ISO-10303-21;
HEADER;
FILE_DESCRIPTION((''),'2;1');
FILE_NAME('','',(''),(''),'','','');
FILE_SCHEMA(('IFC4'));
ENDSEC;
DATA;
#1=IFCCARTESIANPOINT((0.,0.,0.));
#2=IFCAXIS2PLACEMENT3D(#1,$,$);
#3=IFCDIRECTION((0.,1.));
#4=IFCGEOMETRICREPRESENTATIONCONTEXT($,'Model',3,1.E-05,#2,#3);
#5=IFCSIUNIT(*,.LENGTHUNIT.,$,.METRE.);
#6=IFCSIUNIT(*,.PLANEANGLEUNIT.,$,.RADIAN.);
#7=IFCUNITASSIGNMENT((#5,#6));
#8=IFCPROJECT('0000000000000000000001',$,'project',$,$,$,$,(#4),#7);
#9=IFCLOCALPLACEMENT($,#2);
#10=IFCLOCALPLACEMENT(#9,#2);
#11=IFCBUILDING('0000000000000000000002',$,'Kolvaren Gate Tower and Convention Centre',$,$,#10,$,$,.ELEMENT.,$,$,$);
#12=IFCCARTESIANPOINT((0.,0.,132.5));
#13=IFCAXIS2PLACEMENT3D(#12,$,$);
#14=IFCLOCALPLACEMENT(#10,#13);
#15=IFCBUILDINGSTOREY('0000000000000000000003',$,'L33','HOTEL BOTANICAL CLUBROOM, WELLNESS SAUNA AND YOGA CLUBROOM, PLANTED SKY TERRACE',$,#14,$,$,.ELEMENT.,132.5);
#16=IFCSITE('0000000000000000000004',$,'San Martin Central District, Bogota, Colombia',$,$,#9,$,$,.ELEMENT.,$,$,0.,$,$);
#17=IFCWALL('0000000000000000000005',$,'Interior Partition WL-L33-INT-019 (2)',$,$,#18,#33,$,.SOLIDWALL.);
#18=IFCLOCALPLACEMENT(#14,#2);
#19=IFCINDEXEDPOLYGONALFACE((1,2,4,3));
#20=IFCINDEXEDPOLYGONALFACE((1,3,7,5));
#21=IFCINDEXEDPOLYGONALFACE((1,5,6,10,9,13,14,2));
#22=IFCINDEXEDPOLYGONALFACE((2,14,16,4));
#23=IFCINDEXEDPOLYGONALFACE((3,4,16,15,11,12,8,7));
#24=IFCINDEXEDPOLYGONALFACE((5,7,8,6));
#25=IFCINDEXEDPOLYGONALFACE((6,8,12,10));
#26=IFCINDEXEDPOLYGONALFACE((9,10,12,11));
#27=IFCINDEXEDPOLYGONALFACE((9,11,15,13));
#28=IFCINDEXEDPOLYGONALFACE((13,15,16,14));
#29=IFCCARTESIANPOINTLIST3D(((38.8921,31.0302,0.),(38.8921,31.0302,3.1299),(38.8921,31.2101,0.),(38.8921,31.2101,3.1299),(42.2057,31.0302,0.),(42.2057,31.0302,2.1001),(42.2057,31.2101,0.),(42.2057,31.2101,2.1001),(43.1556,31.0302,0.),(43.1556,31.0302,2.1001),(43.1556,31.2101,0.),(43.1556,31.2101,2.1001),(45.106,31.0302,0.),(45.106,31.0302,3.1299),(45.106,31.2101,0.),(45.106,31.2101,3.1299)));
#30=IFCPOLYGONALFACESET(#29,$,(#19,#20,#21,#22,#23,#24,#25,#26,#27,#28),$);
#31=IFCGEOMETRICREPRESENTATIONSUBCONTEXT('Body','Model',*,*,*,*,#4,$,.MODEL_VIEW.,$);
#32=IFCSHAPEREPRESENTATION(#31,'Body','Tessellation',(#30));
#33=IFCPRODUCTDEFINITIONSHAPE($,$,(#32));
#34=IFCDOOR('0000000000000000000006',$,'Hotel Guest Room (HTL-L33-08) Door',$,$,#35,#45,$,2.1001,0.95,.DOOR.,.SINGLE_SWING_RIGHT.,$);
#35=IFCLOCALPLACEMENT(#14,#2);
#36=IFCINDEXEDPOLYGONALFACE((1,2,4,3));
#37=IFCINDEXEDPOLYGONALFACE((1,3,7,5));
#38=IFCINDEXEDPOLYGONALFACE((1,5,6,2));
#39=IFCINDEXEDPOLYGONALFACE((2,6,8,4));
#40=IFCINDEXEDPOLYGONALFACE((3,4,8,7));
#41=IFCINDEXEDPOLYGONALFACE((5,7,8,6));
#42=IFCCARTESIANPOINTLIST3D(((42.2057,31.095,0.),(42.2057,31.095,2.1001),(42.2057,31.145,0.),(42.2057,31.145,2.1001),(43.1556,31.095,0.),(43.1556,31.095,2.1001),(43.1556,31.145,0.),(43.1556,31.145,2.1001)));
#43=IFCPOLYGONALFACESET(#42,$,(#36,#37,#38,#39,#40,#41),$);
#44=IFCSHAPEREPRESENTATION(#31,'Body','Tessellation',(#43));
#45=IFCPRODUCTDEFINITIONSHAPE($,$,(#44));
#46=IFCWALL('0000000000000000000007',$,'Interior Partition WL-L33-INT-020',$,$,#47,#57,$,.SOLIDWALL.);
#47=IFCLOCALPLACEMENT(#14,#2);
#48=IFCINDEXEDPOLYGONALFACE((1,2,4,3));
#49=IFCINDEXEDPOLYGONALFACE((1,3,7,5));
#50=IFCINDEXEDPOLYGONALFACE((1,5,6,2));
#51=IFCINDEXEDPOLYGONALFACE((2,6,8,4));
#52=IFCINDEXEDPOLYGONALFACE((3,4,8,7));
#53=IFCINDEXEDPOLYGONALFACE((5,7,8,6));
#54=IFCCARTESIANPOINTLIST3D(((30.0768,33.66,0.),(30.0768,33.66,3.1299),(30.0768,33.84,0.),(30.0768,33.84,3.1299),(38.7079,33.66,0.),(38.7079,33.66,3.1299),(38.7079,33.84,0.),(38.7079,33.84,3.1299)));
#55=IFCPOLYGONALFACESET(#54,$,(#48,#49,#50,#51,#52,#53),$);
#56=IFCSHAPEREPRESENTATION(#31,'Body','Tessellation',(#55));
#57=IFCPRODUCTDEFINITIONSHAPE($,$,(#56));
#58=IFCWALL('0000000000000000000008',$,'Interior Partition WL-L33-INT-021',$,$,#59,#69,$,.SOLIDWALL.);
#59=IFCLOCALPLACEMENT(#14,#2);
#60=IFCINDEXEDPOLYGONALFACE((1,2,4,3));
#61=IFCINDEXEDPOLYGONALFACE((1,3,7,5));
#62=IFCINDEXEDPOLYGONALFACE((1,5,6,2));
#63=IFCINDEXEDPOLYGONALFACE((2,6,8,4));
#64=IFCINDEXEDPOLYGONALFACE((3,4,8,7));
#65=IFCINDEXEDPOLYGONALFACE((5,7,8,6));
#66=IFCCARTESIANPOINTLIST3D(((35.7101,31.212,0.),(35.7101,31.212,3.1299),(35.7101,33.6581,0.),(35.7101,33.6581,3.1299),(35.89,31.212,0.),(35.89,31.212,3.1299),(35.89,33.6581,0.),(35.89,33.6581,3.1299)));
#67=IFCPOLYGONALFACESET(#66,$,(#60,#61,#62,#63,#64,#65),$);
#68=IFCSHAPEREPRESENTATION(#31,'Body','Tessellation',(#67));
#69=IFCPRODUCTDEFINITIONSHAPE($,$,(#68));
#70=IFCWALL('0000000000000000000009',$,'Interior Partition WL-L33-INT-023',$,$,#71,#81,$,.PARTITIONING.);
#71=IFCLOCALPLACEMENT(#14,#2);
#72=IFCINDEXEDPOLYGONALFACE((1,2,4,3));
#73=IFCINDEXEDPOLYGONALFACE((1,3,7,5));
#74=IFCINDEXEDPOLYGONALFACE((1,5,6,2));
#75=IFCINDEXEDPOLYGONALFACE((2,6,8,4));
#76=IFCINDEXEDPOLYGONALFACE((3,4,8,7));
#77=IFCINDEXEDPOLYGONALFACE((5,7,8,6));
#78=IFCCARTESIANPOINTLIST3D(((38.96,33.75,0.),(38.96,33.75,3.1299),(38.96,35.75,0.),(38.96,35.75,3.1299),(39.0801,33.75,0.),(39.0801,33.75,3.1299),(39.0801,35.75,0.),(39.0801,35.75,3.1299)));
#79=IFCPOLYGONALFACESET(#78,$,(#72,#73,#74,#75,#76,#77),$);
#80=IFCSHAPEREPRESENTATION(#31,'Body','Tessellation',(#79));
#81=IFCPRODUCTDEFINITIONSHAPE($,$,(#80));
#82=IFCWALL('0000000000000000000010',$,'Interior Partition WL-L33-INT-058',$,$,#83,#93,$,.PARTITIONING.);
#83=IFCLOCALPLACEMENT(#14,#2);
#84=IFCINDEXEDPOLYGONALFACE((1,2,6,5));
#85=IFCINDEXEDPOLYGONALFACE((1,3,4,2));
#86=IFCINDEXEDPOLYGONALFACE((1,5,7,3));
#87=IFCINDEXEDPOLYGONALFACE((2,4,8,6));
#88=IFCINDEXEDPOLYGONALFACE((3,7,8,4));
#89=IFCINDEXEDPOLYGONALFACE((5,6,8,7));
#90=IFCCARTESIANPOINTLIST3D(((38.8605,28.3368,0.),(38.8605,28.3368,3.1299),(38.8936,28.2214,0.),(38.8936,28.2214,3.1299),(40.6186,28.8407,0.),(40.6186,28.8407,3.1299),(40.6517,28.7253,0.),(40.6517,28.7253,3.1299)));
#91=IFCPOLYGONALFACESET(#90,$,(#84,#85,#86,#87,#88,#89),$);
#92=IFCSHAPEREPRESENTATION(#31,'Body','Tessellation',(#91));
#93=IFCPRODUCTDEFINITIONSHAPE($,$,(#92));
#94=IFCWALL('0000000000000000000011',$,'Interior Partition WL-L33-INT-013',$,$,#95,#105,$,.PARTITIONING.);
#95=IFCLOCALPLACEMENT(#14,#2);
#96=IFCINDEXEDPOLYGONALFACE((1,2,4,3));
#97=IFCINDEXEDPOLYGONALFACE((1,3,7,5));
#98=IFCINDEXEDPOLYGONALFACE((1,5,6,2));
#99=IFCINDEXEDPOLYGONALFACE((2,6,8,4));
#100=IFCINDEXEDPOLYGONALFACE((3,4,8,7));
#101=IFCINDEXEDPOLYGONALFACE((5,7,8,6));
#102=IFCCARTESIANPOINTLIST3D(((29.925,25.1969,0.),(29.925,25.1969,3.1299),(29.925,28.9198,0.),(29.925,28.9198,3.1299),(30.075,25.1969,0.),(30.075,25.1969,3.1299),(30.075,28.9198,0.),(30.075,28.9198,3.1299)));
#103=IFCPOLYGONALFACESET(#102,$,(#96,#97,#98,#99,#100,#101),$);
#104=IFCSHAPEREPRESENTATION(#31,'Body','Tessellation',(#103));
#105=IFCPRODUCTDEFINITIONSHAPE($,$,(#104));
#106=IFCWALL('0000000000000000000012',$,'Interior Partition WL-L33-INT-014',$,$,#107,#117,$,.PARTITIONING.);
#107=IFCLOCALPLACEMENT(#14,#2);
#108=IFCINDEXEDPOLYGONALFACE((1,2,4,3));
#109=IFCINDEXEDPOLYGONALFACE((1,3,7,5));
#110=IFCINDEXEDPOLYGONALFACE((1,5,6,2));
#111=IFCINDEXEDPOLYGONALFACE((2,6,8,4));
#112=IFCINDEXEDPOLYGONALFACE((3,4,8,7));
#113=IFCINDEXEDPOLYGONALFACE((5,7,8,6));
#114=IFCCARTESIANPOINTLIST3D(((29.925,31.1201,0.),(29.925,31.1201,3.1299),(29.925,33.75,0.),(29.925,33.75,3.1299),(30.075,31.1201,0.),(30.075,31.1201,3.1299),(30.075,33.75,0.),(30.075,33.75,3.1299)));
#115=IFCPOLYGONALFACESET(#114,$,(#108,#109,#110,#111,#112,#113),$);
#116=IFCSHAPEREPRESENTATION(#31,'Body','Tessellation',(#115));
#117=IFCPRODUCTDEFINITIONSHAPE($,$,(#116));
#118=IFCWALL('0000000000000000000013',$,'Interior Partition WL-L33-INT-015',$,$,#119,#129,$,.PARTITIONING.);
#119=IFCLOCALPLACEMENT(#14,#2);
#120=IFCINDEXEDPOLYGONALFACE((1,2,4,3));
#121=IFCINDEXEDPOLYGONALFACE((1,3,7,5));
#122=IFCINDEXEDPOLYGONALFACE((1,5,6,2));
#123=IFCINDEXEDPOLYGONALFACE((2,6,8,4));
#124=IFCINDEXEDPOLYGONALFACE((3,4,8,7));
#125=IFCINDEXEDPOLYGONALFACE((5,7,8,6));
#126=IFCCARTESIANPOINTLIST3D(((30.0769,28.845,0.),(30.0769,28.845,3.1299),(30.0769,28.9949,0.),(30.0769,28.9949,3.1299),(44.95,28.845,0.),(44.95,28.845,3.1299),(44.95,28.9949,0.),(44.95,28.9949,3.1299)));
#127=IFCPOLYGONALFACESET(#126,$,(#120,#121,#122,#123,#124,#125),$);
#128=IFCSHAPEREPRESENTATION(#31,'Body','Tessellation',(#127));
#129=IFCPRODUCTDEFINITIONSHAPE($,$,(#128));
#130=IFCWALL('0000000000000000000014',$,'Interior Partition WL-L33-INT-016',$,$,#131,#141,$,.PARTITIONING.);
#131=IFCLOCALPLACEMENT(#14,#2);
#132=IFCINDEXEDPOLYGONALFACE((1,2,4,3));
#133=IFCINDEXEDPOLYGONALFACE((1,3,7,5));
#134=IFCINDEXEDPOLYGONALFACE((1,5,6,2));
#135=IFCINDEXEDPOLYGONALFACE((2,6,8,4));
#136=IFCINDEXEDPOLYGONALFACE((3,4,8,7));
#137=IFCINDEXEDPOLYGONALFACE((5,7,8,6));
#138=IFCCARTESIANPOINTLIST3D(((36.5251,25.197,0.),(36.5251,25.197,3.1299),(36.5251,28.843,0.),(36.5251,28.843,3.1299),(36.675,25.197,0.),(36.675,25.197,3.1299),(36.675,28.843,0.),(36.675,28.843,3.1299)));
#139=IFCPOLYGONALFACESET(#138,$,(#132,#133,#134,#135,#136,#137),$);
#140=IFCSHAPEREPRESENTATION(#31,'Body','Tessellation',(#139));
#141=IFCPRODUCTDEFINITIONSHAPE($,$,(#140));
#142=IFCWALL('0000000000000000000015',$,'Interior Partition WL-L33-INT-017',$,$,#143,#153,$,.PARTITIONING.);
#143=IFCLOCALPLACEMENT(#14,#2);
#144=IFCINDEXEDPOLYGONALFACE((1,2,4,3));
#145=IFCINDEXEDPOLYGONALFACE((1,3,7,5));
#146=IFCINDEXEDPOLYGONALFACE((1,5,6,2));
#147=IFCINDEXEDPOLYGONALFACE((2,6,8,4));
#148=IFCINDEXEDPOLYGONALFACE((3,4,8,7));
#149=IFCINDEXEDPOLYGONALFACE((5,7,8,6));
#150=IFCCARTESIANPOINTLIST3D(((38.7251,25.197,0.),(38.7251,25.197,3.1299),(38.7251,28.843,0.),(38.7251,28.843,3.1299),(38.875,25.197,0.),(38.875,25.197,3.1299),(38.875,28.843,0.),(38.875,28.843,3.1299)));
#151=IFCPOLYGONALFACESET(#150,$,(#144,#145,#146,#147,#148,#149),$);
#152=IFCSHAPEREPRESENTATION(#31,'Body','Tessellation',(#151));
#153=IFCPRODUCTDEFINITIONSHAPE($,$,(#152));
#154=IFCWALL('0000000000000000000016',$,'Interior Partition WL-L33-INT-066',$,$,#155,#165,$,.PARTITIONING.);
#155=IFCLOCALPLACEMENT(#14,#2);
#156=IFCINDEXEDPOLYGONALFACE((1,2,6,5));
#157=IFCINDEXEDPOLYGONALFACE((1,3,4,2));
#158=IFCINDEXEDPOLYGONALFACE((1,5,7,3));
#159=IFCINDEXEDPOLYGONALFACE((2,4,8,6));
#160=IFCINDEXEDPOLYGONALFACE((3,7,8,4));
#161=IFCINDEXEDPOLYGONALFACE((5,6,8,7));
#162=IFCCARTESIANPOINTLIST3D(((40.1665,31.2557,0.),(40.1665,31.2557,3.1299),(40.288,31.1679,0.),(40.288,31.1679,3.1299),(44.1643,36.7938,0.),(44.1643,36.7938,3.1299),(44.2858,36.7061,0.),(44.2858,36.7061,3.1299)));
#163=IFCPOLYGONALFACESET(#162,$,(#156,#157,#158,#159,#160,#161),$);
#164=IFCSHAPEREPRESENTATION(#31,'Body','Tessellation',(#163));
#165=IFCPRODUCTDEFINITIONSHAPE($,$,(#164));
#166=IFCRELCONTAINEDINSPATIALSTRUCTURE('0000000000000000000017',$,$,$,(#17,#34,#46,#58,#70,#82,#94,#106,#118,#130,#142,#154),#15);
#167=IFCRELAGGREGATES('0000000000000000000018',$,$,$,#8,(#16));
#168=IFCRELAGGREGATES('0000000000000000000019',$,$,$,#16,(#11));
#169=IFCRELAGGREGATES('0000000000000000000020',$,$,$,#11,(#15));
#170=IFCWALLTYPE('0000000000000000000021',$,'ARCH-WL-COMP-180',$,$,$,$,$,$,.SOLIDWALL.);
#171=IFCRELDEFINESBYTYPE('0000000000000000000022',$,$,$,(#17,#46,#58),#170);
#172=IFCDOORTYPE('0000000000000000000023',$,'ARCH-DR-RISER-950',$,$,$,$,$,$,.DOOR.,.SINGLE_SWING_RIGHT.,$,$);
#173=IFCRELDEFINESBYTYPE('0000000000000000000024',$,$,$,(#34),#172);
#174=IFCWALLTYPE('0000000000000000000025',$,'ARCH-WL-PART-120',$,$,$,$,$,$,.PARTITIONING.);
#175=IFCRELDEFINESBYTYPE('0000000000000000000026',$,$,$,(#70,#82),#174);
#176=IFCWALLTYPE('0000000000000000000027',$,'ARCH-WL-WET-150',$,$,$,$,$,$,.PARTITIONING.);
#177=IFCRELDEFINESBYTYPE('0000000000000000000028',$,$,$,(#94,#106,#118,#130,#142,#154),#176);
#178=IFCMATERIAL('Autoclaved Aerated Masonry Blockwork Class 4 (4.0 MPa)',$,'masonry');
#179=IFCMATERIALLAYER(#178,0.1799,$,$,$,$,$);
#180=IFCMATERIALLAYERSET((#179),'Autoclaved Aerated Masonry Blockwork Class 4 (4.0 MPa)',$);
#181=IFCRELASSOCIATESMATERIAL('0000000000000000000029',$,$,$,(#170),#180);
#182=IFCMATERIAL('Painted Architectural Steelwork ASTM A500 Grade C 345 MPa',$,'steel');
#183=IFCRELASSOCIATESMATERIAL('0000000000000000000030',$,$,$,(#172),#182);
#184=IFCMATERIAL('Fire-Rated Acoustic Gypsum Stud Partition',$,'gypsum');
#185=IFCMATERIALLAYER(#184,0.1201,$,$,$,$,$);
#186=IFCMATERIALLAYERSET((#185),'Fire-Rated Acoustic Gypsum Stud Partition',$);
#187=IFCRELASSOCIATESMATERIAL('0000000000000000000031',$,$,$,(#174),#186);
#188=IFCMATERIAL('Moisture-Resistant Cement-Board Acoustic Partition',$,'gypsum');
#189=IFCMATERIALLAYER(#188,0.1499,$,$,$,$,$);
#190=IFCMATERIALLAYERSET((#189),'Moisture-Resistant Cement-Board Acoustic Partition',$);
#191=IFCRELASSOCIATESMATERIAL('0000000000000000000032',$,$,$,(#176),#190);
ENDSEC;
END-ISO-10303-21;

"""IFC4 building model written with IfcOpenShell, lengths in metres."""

from ifc_helpers import new_model, si_unit, direction, frame, frame_2d, origin, place, context, subcontext, project, spatial, rectangle, extrude, material, layer, layer_set, type_object, element, fill, save


model = new_model("IFC4")

# Units and contexts
model_context = context("Model", 3, precision=1e-05, world=origin(), true_north=direction((0.0, 1.0)))
body_context = subcontext(model_context, "Body", "Model", "MODEL_VIEW")
ifc_project = project(units=[si_unit("LENGTHUNIT", "METRE"), si_unit("PLANEANGLEUNIT", "RADIAN")], contexts=[model_context])

# Site, building, storey
site_placement = place(None, origin())
site = spatial("IfcSite", under=ifc_project, at=site_placement, Name="San Martin Central District, Bogota, Colombia", CompositionType="ELEMENT", RefElevation=0.0)
building_placement = place(site_placement, origin())
building = spatial("IfcBuilding", under=site, at=building_placement, Name="Kolvaren Gate Tower and Convention Centre", CompositionType="ELEMENT")
storey_placement = place(building_placement, frame((0.0, 0.0, 132.5)))
storey = spatial("IfcBuildingStorey", under=building, at=storey_placement, Name="L33", Description="HOTEL BOTANICAL CLUBROOM, WELLNESS SAUNA AND YOGA CLUBROOM, PLANTED SKY TERRACE", CompositionType="ELEMENT", Elevation=132.5)

# Shared definitions
ifc_material_1 = material(Name="Autoclaved Aerated Masonry Blockwork Class 4 (4.0 MPa)", Category="masonry")
ifc_layer_1 = layer(ifc_material_1, 0.1799)
ifc_layer_set_1 = layer_set([ifc_layer_1], Name="Autoclaved Aerated Masonry Blockwork Class 4 (4.0 MPa)")
wall_type_1 = type_object("IfcWallType", Name="ARCH-WL-COMP-180", PredefinedType="SOLIDWALL", material=ifc_layer_set_1)

# Shared definitions
ifc_material_2 = material(Name="Painted Architectural Steelwork ASTM A500 Grade C 345 MPa", Category="steel")
door_type = type_object("IfcDoorType", Name="ARCH-DR-RISER-950", OperationType="SINGLE_SWING_RIGHT", PredefinedType="DOOR", material=ifc_material_2)

# Wall, opening, door
wall_1_placement = place(storey_placement, frame((38.8921, 31.1201, 0.0), z_axis=(0.0, 0.0, 1.0), x_axis=(1.0, 0.0, 0.0)))
wall_1 = element("IfcWall", 1, at=wall_1_placement, inside=storey, type_object=wall_type_1, Name="Interior Partition WL-L33-INT-019 (2)", PredefinedType="SOLIDWALL", context=body_context, shape_type="SweptSolid", body=[
    extrude(rectangle(XDim=6.2139, YDim=0.1799, at=frame_2d((3.1069, 0.0))), origin(), (0.0, 0.0, 1.0), 3.1299),
])
opening_1_placement = place(wall_1_placement, frame((3.3135, 0.0, 0.0)))
opening_1 = element("IfcOpeningElement", 2, at=opening_1_placement, cuts=wall_1, PredefinedType="OPENING", context=body_context, shape_type="SweptSolid", body=[
    extrude(rectangle(XDim=0.95, YDim=2.1001, at=frame_2d((0.4751, 1.05))), frame((0.0, 0.0999, 0.0), z_axis=(0.0, -1.0, 0.0), x_axis=(1.0, 0.0, 0.0)), (0.0, 0.0, 1.0), 0.2),
])
door_1_placement = place(opening_1_placement, origin())
door_1 = element("IfcDoor", 3, at=door_1_placement, inside=storey, type_object=door_type, Name="Hotel Guest Room (HTL-L33-08) Door", OperationType="SINGLE_SWING_RIGHT", OverallHeight=2.1001, OverallWidth=0.95, PredefinedType="DOOR", context=body_context, shape_type="SweptSolid", body=[
    extrude(rectangle(XDim=0.95, YDim=2.1001, at=frame_2d((0.4751, 1.05))), frame((0.0, 0.0249, 0.0), z_axis=(0.0, -1.0, 0.0), x_axis=(1.0, 0.0, 0.0)), (0.0, 0.0, 1.0), 0.05),
])
fill(opening_1, door_1)

# Walls
wall_2_placement = place(storey_placement, frame((30.0769, 33.75, 0.0), z_axis=(0.0, 0.0, 1.0), x_axis=(1.0, 0.0, 0.0)))
element("IfcWall", 4, at=wall_2_placement, inside=storey, type_object=wall_type_1, Name="Interior Partition WL-L33-INT-020", PredefinedType="SOLIDWALL", context=body_context, shape_type="SweptSolid", body=[
    extrude(rectangle(XDim=8.6311, YDim=0.1799, at=frame_2d((4.3154, 0.0))), origin(), (0.0, 0.0, 1.0), 3.1299),
])
wall_3_placement = place(storey_placement, frame((35.8, 31.2119, 0.0), z_axis=(0.0, 0.0, 1.0), x_axis=(0.0, 1.0, 0.0)))
element("IfcWall", 5, at=wall_3_placement, inside=storey, type_object=wall_type_1, Name="Interior Partition WL-L33-INT-021", PredefinedType="SOLIDWALL", context=body_context, shape_type="SweptSolid", body=[
    extrude(rectangle(XDim=2.446, YDim=0.1799, at=frame_2d((1.2231, 0.0))), origin(), (0.0, 0.0, 1.0), 3.1299),
])
ifc_material_3 = material(Name="Fire-Rated Acoustic Gypsum Stud Partition", Category="gypsum")
ifc_layer_2 = layer(ifc_material_3, 0.1201)
ifc_layer_set_2 = layer_set([ifc_layer_2], Name="Fire-Rated Acoustic Gypsum Stud Partition")
wall_type_2 = type_object("IfcWallType", Name="ARCH-WL-PART-120", PredefinedType="PARTITIONING", material=ifc_layer_set_2)
wall_4_placement = place(storey_placement, frame((39.02, 33.75, 0.0), z_axis=(0.0, 0.0, 1.0), x_axis=(0.0, 1.0, 0.0)))
element("IfcWall", 6, at=wall_4_placement, inside=storey, type_object=wall_type_2, Name="Interior Partition WL-L33-INT-023", PredefinedType="PARTITIONING", context=body_context, shape_type="SweptSolid", body=[
    extrude(rectangle(XDim=2.0, YDim=0.1201, at=frame_2d((1.0, 0.0))), origin(), (0.0, 0.0, 1.0), 3.1299),
])
wall_5_placement = place(storey_placement, frame((38.877, 28.2791, 0.0), z_axis=(0.0, 0.0, 1.0), x_axis=(0.961292, 0.275532, 0.0)))
element("IfcWall", 7, at=wall_5_placement, inside=storey, type_object=wall_type_2, Name="Interior Partition WL-L33-INT-058", PredefinedType="PARTITIONING", context=body_context, shape_type="SweptSolid", body=[
    extrude(rectangle(XDim=1.8289, YDim=0.1201, at=frame_2d((0.9146, 0.0))), origin(), (0.0, 0.0, 1.0), 3.1299),
])
ifc_material_4 = material(Name="Moisture-Resistant Cement-Board Acoustic Partition", Category="gypsum")
ifc_layer_3 = layer(ifc_material_4, 0.1499)
ifc_layer_set_3 = layer_set([ifc_layer_3], Name="Moisture-Resistant Cement-Board Acoustic Partition")
wall_type_3 = type_object("IfcWallType", Name="ARCH-WL-WET-150", PredefinedType="PARTITIONING", material=ifc_layer_set_3)
wall_6_placement = place(storey_placement, frame((30.0, 25.197, 0.0), z_axis=(0.0, 0.0, 1.0), x_axis=(0.0, 1.0, 0.0)))
element("IfcWall", 8, at=wall_6_placement, inside=storey, type_object=wall_type_3, Name="Interior Partition WL-L33-INT-013", PredefinedType="PARTITIONING", context=body_context, shape_type="SweptSolid", body=[
    extrude(rectangle(XDim=3.7229, YDim=0.1499, at=frame_2d((1.8613, 0.0))), origin(), (0.0, 0.0, 1.0), 3.1299),
])
wall_7_placement = place(storey_placement, frame((30.0, 31.1201, 0.0), z_axis=(0.0, 0.0, 1.0), x_axis=(0.0, 1.0, 0.0)))
element("IfcWall", 9, at=wall_7_placement, inside=storey, type_object=wall_type_3, Name="Interior Partition WL-L33-INT-014", PredefinedType="PARTITIONING", context=body_context, shape_type="SweptSolid", body=[
    extrude(rectangle(XDim=2.6299, YDim=0.1499, at=frame_2d((1.3149, 0.0))), origin(), (0.0, 0.0, 1.0), 3.1299),
])
wall_8_placement = place(storey_placement, frame((30.0769, 28.9199, 0.0), z_axis=(0.0, 0.0, 1.0), x_axis=(1.0, 0.0, 0.0)))
element("IfcWall", 10, at=wall_8_placement, inside=storey, type_object=wall_type_3, Name="Interior Partition WL-L33-INT-015", PredefinedType="PARTITIONING", context=body_context, shape_type="SweptSolid", body=[
    extrude(rectangle(XDim=14.873, YDim=0.1499, at=frame_2d((7.4365, 0.0))), origin(), (0.0, 0.0, 1.0), 3.1299),
])
for number, where, z_axis, x_axis, name in (
    (11, (36.6001, 25.197, 0.0), (0.0, 0.0, 1.0), (0.0, 1.0, 0.0), "Interior Partition WL-L33-INT-016"),
    (12, (38.8, 25.197, 0.0), (0.0, 0.0, 1.0), (0.0, 1.0, 0.0), "Interior Partition WL-L33-INT-017"),
):
    element("IfcWall", number, at=place(storey_placement, frame(where, z_axis=z_axis, x_axis=x_axis)), inside=storey, type_object=wall_type_3, Name=name, PredefinedType="PARTITIONING", context=body_context, shape_type="SweptSolid", body=[
        extrude(rectangle(XDim=3.646, YDim=0.1499, at=frame_2d((1.823, 0.0))), origin(), (0.0, 0.0, 1.0), 3.1299),
    ])
wall_9_placement = place(storey_placement, frame((40.2273, 31.2119, 0.0), z_axis=(0.0, 0.0, 1.0), x_axis=(0.585305, 0.810813, 0.0)))
element("IfcWall", 13, at=wall_9_placement, inside=storey, type_object=wall_type_3, Name="Interior Partition WL-L33-INT-066", PredefinedType="PARTITIONING", context=body_context, shape_type="SweptSolid", body=[
    extrude(rectangle(XDim=6.8303, YDim=0.1499, at=frame_2d((3.415, 0.0))), origin(), (0.0, 0.0, 1.0), 3.1299),
])

save(model, "model.ifc")
